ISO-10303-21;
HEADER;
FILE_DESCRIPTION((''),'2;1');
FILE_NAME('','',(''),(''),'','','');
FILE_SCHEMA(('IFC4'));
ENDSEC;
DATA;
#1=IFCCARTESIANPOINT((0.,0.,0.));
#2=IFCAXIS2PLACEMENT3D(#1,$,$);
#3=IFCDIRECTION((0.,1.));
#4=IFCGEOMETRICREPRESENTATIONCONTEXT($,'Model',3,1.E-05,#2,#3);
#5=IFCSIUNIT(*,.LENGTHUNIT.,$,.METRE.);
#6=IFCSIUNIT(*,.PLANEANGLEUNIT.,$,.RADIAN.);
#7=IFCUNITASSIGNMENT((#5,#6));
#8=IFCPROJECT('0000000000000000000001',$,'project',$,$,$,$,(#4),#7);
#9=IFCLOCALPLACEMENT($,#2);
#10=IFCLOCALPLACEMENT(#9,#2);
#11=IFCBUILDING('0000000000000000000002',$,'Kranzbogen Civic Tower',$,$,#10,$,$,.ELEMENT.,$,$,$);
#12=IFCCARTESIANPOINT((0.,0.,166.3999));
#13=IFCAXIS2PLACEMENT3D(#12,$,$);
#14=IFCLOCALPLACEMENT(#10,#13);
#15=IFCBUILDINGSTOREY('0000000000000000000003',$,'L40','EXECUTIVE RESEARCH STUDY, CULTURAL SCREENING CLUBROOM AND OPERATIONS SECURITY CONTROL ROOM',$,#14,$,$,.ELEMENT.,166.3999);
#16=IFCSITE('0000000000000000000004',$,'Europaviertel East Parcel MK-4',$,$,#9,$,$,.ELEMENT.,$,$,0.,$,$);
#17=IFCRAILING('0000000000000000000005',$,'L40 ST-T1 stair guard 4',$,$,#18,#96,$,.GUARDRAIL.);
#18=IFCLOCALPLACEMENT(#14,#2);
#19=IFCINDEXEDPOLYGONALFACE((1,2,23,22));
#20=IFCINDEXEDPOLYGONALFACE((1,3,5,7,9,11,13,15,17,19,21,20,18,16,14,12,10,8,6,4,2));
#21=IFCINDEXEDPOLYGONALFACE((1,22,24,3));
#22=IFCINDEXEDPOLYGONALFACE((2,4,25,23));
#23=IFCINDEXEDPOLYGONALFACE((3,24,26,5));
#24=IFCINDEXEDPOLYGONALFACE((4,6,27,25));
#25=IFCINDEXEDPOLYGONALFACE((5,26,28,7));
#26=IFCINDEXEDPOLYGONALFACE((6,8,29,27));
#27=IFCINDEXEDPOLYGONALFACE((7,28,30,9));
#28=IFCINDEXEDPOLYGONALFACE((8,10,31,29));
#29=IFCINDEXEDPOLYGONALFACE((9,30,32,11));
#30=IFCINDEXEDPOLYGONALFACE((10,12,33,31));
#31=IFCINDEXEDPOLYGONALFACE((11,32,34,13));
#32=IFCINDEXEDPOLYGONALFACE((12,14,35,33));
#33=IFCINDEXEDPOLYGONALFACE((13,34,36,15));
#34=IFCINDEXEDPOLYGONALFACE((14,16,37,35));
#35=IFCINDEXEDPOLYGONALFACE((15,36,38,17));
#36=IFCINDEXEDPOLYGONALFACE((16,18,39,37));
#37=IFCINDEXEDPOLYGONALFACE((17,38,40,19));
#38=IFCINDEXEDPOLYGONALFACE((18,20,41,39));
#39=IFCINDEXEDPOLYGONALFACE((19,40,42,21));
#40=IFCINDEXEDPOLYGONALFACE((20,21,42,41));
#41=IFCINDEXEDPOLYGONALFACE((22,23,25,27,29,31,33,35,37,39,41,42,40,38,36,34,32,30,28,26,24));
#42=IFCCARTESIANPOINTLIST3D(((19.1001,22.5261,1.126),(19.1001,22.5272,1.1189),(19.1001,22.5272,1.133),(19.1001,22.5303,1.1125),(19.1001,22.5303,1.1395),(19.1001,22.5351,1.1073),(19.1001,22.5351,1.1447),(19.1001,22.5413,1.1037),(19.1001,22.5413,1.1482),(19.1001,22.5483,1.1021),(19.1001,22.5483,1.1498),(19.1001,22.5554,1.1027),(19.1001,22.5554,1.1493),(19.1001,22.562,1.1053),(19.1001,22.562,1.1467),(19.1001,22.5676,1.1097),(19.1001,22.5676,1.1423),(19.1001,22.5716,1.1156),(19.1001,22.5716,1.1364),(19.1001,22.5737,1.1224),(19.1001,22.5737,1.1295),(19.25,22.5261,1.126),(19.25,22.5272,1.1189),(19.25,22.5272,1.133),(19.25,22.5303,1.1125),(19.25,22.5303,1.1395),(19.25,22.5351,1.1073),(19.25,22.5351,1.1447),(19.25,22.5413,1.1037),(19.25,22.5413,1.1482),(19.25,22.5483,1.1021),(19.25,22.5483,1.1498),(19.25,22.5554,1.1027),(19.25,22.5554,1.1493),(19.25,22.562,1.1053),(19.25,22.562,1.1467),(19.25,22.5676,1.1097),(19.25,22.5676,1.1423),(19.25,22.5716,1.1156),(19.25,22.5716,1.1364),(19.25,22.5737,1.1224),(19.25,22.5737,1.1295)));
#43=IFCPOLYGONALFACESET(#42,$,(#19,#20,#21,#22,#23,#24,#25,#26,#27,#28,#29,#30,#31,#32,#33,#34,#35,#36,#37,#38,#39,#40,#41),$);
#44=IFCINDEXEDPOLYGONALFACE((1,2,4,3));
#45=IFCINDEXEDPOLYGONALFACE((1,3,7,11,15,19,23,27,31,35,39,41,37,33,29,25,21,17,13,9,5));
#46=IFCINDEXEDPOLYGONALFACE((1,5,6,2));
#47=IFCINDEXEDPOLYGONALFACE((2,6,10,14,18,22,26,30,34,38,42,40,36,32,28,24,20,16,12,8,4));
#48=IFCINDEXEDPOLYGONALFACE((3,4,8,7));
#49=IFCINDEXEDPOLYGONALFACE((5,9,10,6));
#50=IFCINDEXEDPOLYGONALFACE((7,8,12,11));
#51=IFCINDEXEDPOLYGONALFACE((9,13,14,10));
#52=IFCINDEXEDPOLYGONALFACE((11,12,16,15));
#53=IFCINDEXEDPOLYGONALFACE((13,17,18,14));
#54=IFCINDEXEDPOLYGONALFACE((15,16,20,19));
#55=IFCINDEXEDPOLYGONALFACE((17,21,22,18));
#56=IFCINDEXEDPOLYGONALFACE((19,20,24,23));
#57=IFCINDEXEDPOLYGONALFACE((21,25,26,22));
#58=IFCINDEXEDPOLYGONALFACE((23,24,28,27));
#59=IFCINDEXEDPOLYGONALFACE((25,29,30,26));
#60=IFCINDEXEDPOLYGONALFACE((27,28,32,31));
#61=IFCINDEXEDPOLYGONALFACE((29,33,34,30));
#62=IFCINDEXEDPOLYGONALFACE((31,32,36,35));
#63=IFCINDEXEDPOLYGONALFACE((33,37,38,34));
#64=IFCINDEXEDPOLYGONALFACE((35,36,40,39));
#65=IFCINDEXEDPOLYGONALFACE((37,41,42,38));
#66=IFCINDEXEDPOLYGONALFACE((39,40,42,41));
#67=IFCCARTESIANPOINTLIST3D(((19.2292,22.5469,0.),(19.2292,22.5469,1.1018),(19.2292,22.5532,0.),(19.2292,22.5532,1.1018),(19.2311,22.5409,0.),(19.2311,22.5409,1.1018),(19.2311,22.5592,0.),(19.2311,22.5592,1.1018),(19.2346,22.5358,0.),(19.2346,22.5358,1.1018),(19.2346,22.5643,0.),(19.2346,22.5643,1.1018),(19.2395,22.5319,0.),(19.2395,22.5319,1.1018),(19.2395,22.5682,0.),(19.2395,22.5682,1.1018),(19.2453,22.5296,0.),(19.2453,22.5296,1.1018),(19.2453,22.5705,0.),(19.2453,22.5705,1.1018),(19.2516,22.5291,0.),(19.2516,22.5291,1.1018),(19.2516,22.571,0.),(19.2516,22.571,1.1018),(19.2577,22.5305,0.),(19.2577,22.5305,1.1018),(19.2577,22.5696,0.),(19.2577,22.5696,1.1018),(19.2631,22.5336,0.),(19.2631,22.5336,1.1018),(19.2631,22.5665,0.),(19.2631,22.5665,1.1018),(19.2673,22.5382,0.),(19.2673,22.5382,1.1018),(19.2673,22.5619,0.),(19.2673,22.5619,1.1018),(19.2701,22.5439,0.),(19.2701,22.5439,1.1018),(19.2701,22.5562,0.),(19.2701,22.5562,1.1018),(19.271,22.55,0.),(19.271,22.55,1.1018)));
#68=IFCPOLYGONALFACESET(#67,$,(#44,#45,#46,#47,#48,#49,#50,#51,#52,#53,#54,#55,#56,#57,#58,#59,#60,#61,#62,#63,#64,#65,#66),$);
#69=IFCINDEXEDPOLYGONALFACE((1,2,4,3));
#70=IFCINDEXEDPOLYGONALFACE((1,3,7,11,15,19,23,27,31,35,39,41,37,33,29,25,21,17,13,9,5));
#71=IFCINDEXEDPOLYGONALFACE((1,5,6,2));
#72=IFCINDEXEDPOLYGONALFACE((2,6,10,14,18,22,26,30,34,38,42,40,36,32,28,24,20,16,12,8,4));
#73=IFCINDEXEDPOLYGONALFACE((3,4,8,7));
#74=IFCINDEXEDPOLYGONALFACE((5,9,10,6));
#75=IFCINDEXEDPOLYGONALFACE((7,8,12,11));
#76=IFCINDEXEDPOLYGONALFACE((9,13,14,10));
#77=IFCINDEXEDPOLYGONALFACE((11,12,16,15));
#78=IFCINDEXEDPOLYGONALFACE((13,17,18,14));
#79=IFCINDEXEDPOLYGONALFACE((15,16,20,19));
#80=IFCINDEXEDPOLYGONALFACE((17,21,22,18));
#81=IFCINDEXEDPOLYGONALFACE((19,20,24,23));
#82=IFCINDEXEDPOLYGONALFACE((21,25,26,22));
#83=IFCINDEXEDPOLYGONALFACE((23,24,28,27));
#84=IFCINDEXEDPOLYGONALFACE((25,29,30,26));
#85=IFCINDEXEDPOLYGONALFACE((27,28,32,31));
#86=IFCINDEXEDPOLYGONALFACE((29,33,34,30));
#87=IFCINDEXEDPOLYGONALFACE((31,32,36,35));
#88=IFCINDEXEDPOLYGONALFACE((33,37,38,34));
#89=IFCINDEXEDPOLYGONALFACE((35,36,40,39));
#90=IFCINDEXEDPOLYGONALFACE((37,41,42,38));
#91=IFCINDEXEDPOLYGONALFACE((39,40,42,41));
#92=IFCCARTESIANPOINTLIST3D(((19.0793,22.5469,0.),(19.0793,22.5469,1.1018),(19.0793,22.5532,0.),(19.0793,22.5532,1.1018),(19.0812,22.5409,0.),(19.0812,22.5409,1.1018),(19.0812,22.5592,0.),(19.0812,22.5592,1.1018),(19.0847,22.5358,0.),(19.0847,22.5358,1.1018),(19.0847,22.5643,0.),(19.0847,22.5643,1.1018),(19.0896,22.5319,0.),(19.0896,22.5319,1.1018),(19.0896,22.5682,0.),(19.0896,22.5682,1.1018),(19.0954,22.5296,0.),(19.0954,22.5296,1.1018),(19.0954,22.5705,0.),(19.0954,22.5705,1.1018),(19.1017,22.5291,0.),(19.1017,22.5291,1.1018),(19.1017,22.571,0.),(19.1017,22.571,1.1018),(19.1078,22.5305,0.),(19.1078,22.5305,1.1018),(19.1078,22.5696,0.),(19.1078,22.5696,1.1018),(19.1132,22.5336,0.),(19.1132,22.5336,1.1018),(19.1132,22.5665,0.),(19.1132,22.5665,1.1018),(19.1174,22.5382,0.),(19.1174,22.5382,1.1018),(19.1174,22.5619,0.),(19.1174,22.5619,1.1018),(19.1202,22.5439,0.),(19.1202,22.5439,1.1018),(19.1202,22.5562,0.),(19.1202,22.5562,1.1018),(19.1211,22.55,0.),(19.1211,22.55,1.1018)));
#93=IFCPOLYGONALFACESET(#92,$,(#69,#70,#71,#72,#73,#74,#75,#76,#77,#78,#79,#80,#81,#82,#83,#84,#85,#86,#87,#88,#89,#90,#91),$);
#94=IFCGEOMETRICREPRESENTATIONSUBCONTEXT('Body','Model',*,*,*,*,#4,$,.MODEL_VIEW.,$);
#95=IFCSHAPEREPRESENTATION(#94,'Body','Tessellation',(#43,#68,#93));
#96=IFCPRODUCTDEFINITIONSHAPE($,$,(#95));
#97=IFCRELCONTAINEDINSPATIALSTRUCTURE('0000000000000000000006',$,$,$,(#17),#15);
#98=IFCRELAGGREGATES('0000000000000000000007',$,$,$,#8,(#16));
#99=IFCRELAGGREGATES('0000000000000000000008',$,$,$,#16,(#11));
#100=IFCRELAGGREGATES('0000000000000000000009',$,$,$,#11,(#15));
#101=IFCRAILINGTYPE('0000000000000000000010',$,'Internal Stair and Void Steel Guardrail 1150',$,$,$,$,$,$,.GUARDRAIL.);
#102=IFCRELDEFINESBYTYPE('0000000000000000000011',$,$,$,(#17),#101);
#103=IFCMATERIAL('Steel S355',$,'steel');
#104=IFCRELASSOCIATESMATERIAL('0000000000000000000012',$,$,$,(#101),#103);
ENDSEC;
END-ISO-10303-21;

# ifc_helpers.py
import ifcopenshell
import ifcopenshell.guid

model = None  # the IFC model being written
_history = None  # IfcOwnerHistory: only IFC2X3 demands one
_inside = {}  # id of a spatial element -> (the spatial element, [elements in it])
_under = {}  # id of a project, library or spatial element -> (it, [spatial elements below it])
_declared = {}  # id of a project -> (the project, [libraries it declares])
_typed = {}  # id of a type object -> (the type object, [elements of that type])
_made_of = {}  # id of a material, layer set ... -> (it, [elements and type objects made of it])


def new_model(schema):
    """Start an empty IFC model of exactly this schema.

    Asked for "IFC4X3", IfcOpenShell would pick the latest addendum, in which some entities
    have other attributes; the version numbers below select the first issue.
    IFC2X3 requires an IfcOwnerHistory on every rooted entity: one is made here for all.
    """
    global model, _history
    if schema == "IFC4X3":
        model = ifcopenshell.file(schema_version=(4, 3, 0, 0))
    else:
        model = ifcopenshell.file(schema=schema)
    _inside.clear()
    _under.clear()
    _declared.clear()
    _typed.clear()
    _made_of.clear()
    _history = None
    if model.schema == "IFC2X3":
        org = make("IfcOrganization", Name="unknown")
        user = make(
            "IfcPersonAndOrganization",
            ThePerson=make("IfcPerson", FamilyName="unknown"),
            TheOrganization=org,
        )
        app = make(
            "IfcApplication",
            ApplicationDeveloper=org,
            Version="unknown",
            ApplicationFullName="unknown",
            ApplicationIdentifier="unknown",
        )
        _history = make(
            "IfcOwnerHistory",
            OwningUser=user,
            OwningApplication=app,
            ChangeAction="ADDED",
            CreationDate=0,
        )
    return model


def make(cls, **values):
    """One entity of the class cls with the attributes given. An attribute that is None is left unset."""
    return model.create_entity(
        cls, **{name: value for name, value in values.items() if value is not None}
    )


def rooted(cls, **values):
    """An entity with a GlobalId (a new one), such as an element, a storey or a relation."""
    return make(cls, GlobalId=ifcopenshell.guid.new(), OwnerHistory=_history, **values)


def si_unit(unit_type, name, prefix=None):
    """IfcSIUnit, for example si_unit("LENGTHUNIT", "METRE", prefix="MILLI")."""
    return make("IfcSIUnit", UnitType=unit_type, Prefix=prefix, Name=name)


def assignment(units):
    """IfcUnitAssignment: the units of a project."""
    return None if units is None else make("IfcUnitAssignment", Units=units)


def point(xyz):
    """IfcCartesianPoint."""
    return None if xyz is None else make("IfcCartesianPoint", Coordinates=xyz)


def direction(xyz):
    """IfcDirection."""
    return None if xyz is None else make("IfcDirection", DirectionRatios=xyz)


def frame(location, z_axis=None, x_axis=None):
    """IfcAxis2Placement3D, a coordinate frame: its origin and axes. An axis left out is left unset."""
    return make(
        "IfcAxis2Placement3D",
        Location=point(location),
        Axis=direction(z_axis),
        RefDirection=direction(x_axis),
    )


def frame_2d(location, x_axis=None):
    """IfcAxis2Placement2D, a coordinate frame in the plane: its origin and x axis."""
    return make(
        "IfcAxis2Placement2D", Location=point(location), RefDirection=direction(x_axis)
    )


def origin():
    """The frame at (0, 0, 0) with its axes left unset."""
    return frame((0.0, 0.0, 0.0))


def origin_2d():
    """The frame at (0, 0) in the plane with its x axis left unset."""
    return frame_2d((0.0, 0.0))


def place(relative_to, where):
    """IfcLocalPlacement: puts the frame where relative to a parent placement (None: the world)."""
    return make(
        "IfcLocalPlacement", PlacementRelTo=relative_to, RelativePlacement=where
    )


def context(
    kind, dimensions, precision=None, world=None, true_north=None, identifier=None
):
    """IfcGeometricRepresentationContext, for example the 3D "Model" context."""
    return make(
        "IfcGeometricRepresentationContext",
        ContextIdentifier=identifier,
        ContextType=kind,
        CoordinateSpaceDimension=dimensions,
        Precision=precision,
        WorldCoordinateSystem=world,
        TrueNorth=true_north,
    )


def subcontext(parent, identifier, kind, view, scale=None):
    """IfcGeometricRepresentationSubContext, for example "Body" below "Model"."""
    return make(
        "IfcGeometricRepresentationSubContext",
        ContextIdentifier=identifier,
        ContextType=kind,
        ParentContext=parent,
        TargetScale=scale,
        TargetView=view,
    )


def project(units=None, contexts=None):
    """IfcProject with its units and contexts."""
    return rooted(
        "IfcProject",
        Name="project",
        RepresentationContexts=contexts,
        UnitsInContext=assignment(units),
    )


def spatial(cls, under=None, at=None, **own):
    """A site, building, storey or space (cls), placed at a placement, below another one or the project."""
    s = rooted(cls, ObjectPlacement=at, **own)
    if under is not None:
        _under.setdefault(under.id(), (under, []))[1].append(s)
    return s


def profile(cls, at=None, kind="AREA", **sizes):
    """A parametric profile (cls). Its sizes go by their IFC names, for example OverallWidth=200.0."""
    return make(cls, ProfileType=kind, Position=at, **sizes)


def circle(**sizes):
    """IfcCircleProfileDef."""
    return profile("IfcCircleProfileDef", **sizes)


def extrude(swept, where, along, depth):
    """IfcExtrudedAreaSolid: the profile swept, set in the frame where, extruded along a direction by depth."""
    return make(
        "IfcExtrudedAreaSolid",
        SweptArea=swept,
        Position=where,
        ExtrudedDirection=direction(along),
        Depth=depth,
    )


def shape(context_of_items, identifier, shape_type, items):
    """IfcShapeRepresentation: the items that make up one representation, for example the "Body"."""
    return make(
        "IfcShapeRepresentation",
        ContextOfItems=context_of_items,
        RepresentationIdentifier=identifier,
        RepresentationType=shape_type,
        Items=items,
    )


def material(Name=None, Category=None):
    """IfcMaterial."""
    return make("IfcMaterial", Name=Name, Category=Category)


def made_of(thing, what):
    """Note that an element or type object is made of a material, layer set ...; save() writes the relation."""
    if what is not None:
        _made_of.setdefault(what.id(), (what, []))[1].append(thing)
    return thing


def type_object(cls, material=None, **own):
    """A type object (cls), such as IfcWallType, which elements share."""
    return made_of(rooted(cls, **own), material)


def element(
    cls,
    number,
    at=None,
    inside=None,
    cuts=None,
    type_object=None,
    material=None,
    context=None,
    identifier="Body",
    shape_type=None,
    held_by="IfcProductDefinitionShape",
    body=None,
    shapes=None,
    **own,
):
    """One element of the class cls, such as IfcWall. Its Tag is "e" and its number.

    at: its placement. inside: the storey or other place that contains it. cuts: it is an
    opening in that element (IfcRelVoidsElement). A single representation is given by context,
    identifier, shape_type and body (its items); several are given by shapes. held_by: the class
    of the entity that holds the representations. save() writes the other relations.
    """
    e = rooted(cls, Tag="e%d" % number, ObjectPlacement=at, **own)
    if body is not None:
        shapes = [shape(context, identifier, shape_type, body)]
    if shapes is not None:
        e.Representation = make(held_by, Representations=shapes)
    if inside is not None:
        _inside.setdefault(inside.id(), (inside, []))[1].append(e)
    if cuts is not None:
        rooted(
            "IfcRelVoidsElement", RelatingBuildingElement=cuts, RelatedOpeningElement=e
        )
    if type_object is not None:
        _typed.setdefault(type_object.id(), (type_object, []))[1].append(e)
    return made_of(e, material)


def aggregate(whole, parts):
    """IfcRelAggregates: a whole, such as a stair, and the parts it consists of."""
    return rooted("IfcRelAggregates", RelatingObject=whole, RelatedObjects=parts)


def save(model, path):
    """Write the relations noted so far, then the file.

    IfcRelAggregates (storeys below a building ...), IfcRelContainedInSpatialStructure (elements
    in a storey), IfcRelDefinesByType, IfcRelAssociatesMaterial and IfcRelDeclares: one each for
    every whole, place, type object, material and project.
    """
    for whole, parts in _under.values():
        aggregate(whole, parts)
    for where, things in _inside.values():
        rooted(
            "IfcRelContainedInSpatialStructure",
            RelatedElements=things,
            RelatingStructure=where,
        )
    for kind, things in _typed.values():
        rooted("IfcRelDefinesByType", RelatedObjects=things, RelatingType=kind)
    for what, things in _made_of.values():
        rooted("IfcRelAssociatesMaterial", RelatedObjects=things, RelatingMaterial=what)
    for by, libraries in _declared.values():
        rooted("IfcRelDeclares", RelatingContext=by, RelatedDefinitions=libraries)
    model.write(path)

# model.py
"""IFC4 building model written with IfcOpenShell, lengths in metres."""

from ifc_helpers import new_model, si_unit, direction, frame, origin, origin_2d, place, context, subcontext, project, spatial, circle, extrude, material, type_object, element, save


model = new_model("IFC4")

# Units and contexts
model_context = context("Model", 3, precision=1e-05, world=origin(), true_north=direction((0.0, 1.0)))
body_context = subcontext(model_context, "Body", "Model", "MODEL_VIEW")
ifc_project = project(units=[si_unit("LENGTHUNIT", "METRE"), si_unit("PLANEANGLEUNIT", "RADIAN")], contexts=[model_context])

# Site, building, storey
site_placement = place(None, origin())
site = spatial("IfcSite", under=ifc_project, at=site_placement, Name="Europaviertel East Parcel MK-4", CompositionType="ELEMENT", RefElevation=0.0)
building_placement = place(site_placement, origin())
building = spatial("IfcBuilding", under=site, at=building_placement, Name="Kranzbogen Civic Tower", CompositionType="ELEMENT")
storey_placement = place(building_placement, frame((0.0, 0.0, 166.3999)))
storey = spatial("IfcBuildingStorey", under=building, at=storey_placement, Name="L40", Description="EXECUTIVE RESEARCH STUDY, CULTURAL SCREENING CLUBROOM AND OPERATIONS SECURITY CONTROL ROOM", CompositionType="ELEMENT", Elevation=166.3999)

# Shared definitions
ifc_material_1 = material(Name="Steel S355", Category="steel")

# Railing
railing_type_1 = type_object("IfcRailingType", Name="Internal Stair and Void Steel Guardrail 1150", PredefinedType="GUARDRAIL", material=ifc_material_1)
railing_1_placement = place(storey_placement, frame((19.25, 22.55, 0.0)))
element("IfcRailing", 1, at=railing_1_placement, inside=storey, type_object=railing_type_1, Name="L40 ST-T1 stair guard 4", PredefinedType="GUARDRAIL", context=body_context, shape_type="SweptSolid", body=[
    extrude(circle(Radius=0.0239, at=origin_2d()), frame((0.0, 0.0, 1.126), z_axis=(-1.0, 0.0, 0.0), x_axis=(0.0, -1.0, 0.0)), (0.0, 0.0, 1.0), 0.1499),
    extrude(circle(Radius=0.021, at=origin_2d()), origin(), (0.0, 0.0, 1.0), 1.1018),
    extrude(circle(Radius=0.021, at=origin_2d()), frame((-0.1499, 0.0, 0.0)), (0.0, 0.0, 1.0), 1.1018),
])

save(model, "model.ifc")
